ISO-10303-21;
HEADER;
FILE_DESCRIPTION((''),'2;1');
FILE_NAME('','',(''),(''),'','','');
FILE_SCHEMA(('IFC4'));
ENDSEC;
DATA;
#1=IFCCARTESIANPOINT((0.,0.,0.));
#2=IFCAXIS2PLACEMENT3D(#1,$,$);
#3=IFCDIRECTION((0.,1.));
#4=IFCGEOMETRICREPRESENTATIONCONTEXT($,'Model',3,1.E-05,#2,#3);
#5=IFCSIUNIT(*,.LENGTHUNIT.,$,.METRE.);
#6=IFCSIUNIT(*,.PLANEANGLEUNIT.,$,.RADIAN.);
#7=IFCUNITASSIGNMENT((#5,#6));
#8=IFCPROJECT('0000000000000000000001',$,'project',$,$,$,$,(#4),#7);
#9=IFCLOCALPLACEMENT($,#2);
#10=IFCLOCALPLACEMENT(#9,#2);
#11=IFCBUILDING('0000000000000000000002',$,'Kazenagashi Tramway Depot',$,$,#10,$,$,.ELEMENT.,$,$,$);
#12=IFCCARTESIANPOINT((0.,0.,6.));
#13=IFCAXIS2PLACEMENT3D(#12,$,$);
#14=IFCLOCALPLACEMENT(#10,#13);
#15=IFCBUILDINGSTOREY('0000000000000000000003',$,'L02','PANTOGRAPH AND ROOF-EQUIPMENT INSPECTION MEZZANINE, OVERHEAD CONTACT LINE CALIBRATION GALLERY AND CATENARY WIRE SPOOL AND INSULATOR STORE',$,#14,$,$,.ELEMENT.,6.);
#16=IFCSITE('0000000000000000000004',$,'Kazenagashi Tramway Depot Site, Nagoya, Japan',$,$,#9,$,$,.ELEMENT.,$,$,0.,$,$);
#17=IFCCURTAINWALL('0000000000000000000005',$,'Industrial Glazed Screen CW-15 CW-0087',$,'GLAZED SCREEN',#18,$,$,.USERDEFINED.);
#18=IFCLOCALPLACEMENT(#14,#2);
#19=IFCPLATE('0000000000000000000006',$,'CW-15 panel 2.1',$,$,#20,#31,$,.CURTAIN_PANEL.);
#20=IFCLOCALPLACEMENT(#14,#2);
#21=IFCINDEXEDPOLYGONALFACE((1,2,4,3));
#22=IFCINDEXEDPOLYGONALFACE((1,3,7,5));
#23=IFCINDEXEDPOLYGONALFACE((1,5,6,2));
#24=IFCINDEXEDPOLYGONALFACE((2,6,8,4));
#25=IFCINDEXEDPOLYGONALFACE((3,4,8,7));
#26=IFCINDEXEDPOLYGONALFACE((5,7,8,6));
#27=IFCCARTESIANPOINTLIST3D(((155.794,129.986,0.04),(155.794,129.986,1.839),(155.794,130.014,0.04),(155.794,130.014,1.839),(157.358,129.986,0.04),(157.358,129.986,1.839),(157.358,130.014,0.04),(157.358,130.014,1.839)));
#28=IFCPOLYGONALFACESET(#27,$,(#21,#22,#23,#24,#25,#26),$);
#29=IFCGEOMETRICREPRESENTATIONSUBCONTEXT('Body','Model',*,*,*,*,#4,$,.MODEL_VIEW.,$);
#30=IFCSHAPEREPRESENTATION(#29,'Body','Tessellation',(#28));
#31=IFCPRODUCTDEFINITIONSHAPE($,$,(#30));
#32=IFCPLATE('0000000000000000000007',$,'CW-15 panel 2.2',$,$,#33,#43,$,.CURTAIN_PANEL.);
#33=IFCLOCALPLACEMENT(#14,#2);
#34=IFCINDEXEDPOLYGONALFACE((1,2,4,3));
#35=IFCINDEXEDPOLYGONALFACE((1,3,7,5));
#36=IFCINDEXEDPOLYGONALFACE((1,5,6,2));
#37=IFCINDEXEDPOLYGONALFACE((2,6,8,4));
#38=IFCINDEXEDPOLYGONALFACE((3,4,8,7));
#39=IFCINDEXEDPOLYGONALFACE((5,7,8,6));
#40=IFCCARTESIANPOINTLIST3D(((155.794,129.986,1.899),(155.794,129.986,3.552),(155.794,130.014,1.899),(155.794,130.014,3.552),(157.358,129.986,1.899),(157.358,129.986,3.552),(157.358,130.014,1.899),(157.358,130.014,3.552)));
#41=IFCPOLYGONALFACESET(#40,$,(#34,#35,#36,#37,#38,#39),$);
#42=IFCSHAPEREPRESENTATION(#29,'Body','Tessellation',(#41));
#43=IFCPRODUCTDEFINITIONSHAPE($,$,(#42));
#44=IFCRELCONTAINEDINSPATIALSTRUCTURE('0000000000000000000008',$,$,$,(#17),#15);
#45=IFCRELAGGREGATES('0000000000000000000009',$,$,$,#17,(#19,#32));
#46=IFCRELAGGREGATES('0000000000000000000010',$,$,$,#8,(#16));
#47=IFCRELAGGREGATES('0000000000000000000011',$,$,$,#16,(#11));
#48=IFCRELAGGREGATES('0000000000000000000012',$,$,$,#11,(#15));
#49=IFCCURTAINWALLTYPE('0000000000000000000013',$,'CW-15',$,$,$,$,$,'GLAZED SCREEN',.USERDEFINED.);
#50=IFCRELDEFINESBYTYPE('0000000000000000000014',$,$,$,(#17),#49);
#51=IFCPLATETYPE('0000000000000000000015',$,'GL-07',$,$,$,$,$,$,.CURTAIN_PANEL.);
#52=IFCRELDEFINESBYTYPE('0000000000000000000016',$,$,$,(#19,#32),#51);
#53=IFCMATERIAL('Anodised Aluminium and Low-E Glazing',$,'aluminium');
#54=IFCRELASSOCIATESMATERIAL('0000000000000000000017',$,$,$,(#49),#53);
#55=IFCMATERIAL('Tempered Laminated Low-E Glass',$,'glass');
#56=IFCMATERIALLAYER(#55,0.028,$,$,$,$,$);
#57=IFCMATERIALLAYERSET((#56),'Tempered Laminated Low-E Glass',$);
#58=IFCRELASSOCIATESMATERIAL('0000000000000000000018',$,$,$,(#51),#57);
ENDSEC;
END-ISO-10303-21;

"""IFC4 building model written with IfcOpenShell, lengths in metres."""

from ifc_helpers import new_model, si_unit, direction, frame, origin, origin_2d, place, context, subcontext, project, spatial, rectangle, extrude, material, layer, layer_set, type_object, element, aggregate, save


model = new_model("IFC4")

# Units and contexts
model_context = context("Model", 3, precision=1e-05, world=origin(), true_north=direction((0.0, 1.0)))
body_context = subcontext(model_context, "Body", "Model", "MODEL_VIEW")
ifc_project = project(units=[si_unit("LENGTHUNIT", "METRE"), si_unit("PLANEANGLEUNIT", "RADIAN")], contexts=[model_context])

# Site, building, storey
site_placement = place(None, origin())
site = spatial("IfcSite", under=ifc_project, at=site_placement, Name="Kazenagashi Tramway Depot Site, Nagoya, Japan", CompositionType="ELEMENT", RefElevation=0.0)
building_placement = place(site_placement, origin())
building = spatial("IfcBuilding", under=site, at=building_placement, Name="Kazenagashi Tramway Depot", CompositionType="ELEMENT")
storey_placement = place(building_placement, frame((0.0, 0.0, 6.0)))
storey = spatial("IfcBuildingStorey", under=building, at=storey_placement, Name="L02", Description="PANTOGRAPH AND ROOF-EQUIPMENT INSPECTION MEZZANINE, OVERHEAD CONTACT LINE CALIBRATION GALLERY AND CATENARY WIRE SPOOL AND INSULATOR STORE", CompositionType="ELEMENT", Elevation=6.0)

# Curtain wall
ifc_material_1 = material(Name="Anodised Aluminium and Low-E Glazing", Category="aluminium")
curtain_wall_type = type_object("IfcCurtainWallType", Name="CW-15", ElementType="GLAZED SCREEN", PredefinedType="USERDEFINED", material=ifc_material_1)
curtain_wall_1_placement = place(storey_placement, origin())
curtain_wall_1 = element("IfcCurtainWall", 1, at=curtain_wall_1_placement, inside=storey, type_object=curtain_wall_type, Name="Industrial Glazed Screen CW-15 CW-0087", ObjectType="GLAZED SCREEN", PredefinedType="USERDEFINED")

# Plates
ifc_material_2 = material(Name="Tempered Laminated Low-E Glass", Category="glass")
ifc_layer_1 = layer(ifc_material_2, 0.028)
ifc_layer_set_1 = layer_set([ifc_layer_1], Name="Tempered Laminated Low-E Glass")
plate_type_1 = type_object("IfcPlateType", Name="GL-07", PredefinedType="CURTAIN_PANEL", material=ifc_layer_set_1)
plate_1_placement = place(storey_placement, frame((156.576, 130.0, 0.04), z_axis=(0.0, 0.0, 1.0), x_axis=(1.0, 0.0, 0.0)))
plate_1 = element("IfcPlate", 2, at=plate_1_placement, type_object=plate_type_1, Name="CW-15 panel 2.1", PredefinedType="CURTAIN_PANEL", context=body_context, shape_type="SweptSolid", body=[
    extrude(rectangle(XDim=1.564, YDim=0.028, at=origin_2d()), origin(), (0.0, 0.0, 1.0), 1.799),
])
plate_2_placement = place(storey_placement, frame((156.576, 130.0, 1.899), z_axis=(0.0, 0.0, 1.0), x_axis=(1.0, 0.0, 0.0)))
plate_2 = element("IfcPlate", 3, at=plate_2_placement, type_object=plate_type_1, Name="CW-15 panel 2.2", PredefinedType="CURTAIN_PANEL", context=body_context, shape_type="SweptSolid", body=[
    extrude(rectangle(XDim=1.564, YDim=0.028, at=origin_2d()), origin(), (0.0, 0.0, 1.0), 1.653),
])
aggregate(curtain_wall_1, [plate_1, plate_2])

save(model, "model.ifc")
